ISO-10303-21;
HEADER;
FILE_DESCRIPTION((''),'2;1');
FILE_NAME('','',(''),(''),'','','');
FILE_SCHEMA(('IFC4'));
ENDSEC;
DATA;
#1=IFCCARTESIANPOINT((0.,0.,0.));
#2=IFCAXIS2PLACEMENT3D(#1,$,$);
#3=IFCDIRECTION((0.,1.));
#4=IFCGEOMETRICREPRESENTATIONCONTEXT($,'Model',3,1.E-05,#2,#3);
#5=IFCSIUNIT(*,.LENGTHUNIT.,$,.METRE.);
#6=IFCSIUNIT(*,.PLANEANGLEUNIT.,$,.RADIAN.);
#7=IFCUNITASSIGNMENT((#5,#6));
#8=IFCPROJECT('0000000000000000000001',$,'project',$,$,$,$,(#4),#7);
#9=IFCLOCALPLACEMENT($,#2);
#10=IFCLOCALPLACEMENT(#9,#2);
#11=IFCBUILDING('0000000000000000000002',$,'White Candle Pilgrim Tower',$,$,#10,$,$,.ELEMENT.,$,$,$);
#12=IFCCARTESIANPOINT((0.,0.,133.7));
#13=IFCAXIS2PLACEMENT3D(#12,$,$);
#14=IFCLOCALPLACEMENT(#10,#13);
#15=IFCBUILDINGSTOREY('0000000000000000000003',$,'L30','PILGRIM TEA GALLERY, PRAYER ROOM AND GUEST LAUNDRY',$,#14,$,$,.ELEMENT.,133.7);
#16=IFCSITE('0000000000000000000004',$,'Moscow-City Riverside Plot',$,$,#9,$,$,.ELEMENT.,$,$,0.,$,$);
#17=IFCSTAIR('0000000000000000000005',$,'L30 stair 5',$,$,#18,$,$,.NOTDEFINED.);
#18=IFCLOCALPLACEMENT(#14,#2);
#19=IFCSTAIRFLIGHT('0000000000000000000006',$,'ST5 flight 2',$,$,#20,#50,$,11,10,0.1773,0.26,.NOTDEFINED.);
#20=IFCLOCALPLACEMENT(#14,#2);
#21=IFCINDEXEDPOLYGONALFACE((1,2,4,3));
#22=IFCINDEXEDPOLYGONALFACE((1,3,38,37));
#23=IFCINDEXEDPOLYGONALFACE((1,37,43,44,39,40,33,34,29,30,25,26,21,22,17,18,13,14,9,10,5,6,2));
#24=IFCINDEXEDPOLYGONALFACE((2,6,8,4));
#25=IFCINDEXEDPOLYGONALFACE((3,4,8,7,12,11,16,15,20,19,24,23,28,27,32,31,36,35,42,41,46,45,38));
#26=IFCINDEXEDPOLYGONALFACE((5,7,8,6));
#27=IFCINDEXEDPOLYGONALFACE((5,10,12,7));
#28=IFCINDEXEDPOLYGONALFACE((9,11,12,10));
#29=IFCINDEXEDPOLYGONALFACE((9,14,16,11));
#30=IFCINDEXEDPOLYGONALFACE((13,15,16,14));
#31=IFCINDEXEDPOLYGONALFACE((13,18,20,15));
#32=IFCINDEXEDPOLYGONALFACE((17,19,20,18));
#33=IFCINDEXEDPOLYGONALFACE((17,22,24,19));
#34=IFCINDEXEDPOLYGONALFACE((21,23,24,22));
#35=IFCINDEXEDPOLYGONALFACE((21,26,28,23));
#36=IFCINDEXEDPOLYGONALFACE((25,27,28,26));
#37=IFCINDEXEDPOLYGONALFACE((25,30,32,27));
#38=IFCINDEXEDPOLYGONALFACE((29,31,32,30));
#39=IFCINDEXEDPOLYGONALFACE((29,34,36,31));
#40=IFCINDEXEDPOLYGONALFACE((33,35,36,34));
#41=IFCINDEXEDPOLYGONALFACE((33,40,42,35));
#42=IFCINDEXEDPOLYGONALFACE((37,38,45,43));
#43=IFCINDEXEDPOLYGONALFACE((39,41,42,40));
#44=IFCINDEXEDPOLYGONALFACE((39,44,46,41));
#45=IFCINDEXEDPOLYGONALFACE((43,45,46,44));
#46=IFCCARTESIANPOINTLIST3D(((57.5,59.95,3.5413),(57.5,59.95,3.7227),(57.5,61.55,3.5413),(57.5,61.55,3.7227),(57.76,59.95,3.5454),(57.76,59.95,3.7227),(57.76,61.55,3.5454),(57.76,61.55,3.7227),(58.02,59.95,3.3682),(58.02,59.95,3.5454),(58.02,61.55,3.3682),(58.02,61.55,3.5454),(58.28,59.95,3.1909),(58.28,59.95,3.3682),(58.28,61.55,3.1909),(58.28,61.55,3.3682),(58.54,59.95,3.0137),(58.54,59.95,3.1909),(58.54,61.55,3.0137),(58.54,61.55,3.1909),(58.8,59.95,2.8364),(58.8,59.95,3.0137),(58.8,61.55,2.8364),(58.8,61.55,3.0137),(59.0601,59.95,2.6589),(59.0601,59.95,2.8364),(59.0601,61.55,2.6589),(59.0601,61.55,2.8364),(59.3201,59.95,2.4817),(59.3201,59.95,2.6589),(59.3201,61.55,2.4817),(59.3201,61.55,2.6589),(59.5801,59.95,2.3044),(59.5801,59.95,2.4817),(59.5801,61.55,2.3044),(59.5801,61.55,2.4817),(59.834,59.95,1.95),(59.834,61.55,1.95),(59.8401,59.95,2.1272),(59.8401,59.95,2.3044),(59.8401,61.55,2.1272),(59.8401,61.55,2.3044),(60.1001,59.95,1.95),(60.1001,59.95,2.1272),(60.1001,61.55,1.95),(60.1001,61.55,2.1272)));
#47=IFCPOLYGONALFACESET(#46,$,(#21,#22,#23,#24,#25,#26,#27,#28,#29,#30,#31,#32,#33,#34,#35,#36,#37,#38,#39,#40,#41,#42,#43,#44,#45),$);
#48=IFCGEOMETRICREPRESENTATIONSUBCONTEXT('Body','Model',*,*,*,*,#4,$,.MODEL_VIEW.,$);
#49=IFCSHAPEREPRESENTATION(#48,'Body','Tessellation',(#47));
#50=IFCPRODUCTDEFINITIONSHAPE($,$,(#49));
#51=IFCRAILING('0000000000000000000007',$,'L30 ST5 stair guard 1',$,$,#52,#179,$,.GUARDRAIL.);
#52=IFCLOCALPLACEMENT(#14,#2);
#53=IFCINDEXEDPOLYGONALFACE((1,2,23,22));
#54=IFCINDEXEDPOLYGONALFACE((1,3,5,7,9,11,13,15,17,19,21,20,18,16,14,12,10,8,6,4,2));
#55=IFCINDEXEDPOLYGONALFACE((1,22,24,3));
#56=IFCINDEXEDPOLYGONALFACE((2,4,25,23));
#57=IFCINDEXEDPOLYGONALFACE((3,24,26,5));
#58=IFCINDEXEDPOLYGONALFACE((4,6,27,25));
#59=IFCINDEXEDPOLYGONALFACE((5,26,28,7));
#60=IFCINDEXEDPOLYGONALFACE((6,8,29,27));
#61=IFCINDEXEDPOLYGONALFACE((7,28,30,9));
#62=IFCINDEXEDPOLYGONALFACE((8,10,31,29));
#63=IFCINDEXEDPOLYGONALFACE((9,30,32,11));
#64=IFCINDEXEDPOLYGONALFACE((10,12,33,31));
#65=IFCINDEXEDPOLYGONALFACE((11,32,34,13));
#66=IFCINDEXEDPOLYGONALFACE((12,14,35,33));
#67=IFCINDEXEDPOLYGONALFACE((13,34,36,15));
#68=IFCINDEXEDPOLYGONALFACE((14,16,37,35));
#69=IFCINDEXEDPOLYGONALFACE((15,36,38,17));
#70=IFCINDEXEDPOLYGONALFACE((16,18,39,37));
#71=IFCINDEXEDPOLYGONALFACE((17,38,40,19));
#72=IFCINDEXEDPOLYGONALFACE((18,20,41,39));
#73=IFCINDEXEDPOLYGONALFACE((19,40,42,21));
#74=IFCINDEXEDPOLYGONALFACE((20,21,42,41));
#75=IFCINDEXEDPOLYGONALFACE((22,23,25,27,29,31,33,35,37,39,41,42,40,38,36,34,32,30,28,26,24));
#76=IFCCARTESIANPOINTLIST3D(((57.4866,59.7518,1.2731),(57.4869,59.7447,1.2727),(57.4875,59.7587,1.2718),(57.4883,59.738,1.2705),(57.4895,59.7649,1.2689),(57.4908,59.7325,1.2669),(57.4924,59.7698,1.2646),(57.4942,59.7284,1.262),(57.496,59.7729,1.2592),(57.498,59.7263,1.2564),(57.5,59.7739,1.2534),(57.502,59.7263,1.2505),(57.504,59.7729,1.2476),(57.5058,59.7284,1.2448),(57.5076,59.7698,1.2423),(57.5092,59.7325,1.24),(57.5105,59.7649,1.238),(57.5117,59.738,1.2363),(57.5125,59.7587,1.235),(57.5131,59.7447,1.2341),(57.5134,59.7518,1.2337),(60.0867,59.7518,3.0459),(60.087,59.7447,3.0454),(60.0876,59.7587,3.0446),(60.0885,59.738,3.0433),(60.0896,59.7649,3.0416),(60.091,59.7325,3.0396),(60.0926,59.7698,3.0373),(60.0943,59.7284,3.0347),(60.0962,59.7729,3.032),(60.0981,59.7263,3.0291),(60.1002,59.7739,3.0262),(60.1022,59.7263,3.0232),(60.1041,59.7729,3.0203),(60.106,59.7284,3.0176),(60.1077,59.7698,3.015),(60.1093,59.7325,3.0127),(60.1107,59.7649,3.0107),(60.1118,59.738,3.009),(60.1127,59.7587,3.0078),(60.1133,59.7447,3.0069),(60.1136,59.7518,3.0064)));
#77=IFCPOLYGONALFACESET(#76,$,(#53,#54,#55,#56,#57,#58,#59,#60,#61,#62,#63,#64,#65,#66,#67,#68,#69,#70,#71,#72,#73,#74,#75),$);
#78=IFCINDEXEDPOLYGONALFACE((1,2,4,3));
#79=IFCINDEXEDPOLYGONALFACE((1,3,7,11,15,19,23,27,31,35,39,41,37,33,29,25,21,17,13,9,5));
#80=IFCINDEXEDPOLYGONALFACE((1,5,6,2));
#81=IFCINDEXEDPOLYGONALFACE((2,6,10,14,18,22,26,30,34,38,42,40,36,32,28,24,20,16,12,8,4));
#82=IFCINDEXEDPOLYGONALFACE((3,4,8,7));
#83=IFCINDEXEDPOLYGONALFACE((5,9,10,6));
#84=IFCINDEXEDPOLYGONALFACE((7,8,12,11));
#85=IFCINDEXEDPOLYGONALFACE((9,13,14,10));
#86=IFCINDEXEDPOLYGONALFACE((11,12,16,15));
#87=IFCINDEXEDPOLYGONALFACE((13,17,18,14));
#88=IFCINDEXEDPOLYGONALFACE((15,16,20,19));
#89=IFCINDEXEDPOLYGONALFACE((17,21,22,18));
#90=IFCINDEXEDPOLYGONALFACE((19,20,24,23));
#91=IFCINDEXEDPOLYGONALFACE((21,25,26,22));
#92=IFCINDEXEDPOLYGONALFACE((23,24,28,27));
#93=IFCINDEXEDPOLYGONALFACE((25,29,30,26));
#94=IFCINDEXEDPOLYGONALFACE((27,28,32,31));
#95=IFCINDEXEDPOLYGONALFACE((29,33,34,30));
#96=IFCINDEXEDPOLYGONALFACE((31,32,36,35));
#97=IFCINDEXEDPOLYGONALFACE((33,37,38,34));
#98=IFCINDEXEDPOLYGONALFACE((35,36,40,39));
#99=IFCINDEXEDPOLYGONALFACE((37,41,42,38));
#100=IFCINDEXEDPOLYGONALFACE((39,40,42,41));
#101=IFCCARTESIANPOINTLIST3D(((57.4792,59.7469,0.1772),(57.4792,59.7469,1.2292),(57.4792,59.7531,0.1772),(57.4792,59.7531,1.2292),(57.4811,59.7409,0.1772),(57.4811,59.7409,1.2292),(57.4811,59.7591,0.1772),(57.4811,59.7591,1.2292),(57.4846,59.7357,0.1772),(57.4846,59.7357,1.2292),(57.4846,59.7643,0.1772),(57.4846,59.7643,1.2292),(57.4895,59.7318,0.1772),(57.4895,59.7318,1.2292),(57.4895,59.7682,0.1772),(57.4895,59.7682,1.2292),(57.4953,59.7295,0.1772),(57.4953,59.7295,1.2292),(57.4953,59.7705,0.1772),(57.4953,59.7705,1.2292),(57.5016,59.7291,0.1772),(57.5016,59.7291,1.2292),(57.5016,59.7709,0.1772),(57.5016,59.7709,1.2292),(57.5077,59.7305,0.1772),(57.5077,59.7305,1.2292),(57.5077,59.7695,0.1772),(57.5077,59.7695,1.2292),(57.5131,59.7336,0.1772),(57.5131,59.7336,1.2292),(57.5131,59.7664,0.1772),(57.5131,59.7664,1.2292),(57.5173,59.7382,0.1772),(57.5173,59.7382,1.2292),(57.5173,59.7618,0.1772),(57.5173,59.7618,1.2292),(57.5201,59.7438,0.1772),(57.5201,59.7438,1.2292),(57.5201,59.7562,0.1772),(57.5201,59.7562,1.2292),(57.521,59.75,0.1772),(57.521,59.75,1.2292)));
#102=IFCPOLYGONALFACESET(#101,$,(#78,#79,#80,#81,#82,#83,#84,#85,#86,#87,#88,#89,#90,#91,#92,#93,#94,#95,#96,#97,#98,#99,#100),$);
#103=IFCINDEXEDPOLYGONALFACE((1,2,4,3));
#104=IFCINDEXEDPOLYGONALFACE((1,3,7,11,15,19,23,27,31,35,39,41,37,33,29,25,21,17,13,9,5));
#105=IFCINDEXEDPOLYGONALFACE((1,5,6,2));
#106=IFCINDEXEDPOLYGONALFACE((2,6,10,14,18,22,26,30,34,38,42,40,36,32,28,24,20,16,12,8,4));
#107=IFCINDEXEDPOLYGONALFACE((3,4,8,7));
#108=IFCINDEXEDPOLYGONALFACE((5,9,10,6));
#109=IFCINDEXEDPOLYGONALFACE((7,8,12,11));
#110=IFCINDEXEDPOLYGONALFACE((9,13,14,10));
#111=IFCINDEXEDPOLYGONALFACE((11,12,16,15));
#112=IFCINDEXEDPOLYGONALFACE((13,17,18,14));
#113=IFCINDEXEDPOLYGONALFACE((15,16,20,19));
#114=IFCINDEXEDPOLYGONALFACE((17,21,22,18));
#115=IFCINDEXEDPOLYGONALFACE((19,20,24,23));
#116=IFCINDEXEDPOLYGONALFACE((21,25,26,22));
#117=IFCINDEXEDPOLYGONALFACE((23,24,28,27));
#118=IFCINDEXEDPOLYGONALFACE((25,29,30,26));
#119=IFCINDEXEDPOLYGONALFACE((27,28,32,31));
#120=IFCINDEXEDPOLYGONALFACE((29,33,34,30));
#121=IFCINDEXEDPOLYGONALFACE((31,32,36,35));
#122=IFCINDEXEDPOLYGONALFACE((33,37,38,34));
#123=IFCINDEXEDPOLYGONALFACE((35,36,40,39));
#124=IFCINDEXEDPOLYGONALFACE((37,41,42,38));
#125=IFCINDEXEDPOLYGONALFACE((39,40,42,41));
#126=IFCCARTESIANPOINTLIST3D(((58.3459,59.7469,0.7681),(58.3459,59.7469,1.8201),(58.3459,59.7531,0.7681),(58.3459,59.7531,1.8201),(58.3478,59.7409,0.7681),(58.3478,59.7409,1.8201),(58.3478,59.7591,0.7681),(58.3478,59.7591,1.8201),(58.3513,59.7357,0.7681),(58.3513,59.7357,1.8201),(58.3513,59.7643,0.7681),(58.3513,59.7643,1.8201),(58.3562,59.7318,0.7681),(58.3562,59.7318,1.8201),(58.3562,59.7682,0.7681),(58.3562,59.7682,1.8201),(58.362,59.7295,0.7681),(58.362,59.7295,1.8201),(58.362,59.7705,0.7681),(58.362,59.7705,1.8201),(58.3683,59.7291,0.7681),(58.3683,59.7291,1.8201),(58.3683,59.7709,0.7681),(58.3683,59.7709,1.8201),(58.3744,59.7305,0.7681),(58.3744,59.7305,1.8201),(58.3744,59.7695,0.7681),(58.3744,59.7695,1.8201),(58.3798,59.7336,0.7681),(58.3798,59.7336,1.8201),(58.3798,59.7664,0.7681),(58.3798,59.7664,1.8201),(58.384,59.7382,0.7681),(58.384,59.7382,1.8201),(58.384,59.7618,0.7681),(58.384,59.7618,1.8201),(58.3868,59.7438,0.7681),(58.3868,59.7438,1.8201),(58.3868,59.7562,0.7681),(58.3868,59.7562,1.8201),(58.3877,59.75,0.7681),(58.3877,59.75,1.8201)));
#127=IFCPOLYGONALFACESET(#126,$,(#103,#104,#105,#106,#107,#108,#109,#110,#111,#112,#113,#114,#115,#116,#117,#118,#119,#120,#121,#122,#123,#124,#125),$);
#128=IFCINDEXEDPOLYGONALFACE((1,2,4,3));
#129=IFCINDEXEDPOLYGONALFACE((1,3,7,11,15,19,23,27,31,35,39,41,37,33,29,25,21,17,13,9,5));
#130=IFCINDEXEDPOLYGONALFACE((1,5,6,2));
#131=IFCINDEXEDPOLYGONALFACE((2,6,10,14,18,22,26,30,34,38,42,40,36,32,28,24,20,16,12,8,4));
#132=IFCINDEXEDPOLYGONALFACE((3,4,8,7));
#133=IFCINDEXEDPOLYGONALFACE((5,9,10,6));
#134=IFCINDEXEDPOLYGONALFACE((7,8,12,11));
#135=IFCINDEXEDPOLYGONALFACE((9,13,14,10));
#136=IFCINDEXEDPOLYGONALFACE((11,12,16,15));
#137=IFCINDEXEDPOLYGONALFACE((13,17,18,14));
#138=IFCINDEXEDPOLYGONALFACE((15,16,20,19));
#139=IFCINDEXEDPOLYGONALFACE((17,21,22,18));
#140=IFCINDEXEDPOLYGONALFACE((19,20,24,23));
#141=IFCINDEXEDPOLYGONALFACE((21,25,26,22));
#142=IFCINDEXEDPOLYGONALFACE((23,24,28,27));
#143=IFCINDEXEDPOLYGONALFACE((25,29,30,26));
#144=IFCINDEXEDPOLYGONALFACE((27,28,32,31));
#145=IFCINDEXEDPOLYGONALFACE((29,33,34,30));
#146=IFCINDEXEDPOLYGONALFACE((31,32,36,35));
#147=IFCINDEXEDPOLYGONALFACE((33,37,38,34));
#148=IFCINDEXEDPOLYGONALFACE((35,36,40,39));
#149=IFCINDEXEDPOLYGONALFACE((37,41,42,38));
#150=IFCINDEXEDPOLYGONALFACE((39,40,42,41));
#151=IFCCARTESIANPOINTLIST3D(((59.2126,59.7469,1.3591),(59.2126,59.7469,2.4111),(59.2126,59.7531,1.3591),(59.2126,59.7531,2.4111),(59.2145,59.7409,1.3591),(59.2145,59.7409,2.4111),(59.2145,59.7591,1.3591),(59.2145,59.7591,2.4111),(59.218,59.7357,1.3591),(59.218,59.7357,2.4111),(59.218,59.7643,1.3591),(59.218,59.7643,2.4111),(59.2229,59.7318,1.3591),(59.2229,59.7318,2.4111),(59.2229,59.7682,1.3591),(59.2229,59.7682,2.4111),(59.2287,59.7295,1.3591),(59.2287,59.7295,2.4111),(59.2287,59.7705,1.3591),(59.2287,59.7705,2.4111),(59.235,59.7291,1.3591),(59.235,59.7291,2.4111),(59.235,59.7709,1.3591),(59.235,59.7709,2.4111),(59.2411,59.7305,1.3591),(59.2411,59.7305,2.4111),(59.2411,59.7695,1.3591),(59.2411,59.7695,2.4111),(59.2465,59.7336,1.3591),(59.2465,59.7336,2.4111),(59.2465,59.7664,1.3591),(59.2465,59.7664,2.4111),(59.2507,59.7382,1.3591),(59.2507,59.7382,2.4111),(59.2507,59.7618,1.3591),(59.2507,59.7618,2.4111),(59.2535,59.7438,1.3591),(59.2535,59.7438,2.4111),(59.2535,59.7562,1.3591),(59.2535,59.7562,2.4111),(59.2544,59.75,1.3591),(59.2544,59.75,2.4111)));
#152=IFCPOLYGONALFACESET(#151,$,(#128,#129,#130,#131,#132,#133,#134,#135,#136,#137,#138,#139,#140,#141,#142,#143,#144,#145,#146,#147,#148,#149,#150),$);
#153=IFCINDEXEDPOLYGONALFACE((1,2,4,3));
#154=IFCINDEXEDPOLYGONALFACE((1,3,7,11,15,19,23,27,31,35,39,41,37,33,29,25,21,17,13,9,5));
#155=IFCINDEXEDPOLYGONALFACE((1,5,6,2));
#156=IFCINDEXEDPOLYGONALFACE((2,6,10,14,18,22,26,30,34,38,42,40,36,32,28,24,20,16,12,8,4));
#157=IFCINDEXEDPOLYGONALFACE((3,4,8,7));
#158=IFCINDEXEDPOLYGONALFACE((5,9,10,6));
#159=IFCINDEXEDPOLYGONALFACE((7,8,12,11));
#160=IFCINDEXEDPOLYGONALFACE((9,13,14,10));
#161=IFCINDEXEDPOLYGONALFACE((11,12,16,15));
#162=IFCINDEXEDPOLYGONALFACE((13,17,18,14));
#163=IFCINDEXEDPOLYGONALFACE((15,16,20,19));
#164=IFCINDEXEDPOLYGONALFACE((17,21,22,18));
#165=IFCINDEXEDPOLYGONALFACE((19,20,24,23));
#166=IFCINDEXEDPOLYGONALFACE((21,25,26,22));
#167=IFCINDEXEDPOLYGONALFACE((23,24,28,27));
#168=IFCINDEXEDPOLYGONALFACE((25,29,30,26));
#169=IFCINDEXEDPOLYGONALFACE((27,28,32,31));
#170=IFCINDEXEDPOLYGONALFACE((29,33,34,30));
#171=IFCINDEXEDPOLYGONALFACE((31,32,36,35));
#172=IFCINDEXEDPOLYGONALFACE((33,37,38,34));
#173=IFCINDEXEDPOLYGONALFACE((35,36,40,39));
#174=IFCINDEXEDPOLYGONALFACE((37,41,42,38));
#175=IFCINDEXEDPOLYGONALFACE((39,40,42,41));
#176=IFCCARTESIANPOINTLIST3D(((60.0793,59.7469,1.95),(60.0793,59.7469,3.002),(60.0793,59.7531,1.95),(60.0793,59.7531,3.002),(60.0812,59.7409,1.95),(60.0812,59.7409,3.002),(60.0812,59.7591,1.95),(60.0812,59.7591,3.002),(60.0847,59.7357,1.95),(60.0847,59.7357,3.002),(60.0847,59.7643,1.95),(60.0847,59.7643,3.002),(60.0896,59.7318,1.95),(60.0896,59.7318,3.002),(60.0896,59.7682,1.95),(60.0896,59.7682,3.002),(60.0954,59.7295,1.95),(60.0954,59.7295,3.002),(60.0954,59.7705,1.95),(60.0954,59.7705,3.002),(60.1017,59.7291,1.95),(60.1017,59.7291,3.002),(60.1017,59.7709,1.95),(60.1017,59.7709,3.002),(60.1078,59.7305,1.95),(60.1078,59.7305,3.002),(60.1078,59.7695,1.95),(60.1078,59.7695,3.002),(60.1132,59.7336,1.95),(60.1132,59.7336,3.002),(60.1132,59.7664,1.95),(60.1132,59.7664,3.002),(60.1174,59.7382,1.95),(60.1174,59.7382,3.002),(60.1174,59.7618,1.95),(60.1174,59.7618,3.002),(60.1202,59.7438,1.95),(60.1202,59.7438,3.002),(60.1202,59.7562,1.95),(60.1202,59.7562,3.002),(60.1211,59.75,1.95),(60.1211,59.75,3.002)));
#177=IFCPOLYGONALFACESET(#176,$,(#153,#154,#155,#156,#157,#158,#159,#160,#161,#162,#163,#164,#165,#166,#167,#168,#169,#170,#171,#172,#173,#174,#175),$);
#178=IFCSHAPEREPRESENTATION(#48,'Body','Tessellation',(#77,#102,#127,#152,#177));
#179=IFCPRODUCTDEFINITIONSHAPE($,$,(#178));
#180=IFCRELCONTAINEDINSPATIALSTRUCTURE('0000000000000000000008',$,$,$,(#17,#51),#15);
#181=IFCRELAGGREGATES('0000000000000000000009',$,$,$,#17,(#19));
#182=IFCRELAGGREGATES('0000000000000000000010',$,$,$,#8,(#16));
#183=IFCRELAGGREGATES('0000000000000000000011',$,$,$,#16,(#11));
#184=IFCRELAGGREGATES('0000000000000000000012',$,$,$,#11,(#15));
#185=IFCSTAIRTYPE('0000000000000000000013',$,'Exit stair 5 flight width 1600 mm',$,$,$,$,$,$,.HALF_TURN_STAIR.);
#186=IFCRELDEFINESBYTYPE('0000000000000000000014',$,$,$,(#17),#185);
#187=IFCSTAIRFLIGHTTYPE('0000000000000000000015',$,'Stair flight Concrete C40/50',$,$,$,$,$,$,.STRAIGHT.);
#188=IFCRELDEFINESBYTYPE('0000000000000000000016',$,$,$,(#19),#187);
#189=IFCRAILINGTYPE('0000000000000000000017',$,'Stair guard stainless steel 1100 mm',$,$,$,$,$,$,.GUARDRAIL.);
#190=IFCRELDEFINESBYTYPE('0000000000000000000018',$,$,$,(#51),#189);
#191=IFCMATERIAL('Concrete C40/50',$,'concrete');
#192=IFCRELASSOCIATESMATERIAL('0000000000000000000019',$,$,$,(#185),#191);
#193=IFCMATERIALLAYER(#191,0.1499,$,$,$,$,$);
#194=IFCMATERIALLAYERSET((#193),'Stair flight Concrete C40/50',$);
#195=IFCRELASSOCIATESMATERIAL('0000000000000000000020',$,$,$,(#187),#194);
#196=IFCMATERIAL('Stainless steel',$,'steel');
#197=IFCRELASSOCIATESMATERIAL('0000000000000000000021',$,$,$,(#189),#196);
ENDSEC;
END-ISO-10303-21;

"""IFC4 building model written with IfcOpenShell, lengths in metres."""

from ifc_helpers import new_model, si_unit, direction, frame, origin, origin_2d, place, context, subcontext, project, spatial, polyline, circle, outline, extrude, material, layer, layer_set, type_object, element, aggregate, save


model = new_model("IFC4")

# Units and contexts
model_context = context("Model", 3, precision=1e-05, world=origin(), true_north=direction((0.0, 1.0)))
body_context = subcontext(model_context, "Body", "Model", "MODEL_VIEW")
ifc_project = project(units=[si_unit("LENGTHUNIT", "METRE"), si_unit("PLANEANGLEUNIT", "RADIAN")], contexts=[model_context])

# Site, building, storey
site_placement = place(None, origin())
site = spatial("IfcSite", under=ifc_project, at=site_placement, Name="Moscow-City Riverside Plot", CompositionType="ELEMENT", RefElevation=0.0)
building_placement = place(site_placement, origin())
building = spatial("IfcBuilding", under=site, at=building_placement, Name="White Candle Pilgrim Tower", CompositionType="ELEMENT")
storey_placement = place(building_placement, frame((0.0, 0.0, 133.7)))
storey = spatial("IfcBuildingStorey", under=building, at=storey_placement, Name="L30", Description="PILGRIM TEA GALLERY, PRAYER ROOM AND GUEST LAUNDRY", CompositionType="ELEMENT", Elevation=133.7)

# Stair, stair flight
ifc_material_1 = material(Name="Concrete C40/50", Category="concrete")
stair_type = type_object("IfcStairType", Name="Exit stair 5 flight width 1600 mm", PredefinedType="HALF_TURN_STAIR", material=ifc_material_1)
stair_placement = place(storey_placement, origin())
stair = element("IfcStair", 1, at=stair_placement, inside=storey, type_object=stair_type, Name="L30 stair 5", PredefinedType="NOTDEFINED")
ifc_layer_1 = layer(ifc_material_1, 0.1499)
ifc_layer_set_1 = layer_set([ifc_layer_1], Name="Stair flight Concrete C40/50")
stair_flight_type = type_object("IfcStairFlightType", Name="Stair flight Concrete C40/50", PredefinedType="STRAIGHT", material=ifc_layer_set_1)
stair_flight_1_placement = place(storey_placement, frame((60.1001, 60.75, 1.95), z_axis=(0.0, 0.0, 1.0), x_axis=(-1.0, 0.0, 0.0)))
stair_flight_1 = element("IfcStairFlight", 2, at=stair_flight_1_placement, type_object=stair_flight_type, Name="ST5 flight 2", NumberOfRisers=11, NumberOfTreads=10, PredefinedType="NOTDEFINED", RiserHeight=0.1773, TreadLength=0.26, context=body_context, shape_type="SweptSolid", body=[
    extrude(outline(polyline([(0.0, 0.0), (0.0, 0.1772), (0.26, 0.1772), (0.26, 0.3545), (0.52, 0.3545), (0.52, 0.5317), (0.78, 0.5317), (0.78, 0.709), (1.04, 0.709), (1.04, 0.8865), (1.3, 0.8865), (1.3, 1.0637), (1.5601, 1.0637), (1.5601, 1.241), (1.8201, 1.241), (1.8201, 1.4182), (2.0801, 1.4182), (2.0801, 1.5955), (2.3401, 1.5955), (2.3401, 1.7727), (2.6001, 1.7727), (2.6001, 1.95), (2.6001, 1.5913), (0.2661, 0.0), (0.0, 0.0)])), frame((0.0, 0.8, 0.0), z_axis=(0.0, -1.0, 0.0), x_axis=(1.0, 0.0, 0.0)), (0.0, 0.0, 1.0), 1.6001),
])
aggregate(stair, [stair_flight_1])

# Railing
ifc_material_2 = material(Name="Stainless steel", Category="steel")
railing_type_1 = type_object("IfcRailingType", Name="Stair guard stainless steel 1100 mm", PredefinedType="GUARDRAIL", material=ifc_material_2)
railing_1_placement = place(storey_placement, frame((57.5, 59.75, 0.1772)))
element("IfcRailing", 3, at=railing_1_placement, inside=storey, type_object=railing_type_1, Name="L30 ST5 stair guard 1", PredefinedType="GUARDRAIL", context=body_context, shape_type="SweptSolid", body=[
    extrude(circle(Radius=0.0239, at=origin_2d()), frame((0.0, 0.0, 1.0762), z_axis=(0.82624, 0.0, 0.563318), x_axis=(0.0, 1.0, 0.0)), (0.0, 0.0, 1.0), 3.147),
    extrude(circle(Radius=0.021, at=origin_2d()), origin(), (0.0, 0.0, 1.0), 1.052),
    extrude(circle(Radius=0.021, at=origin_2d()), frame((0.8667, 0.0, 0.5908)), (0.0, 0.0, 1.0), 1.052),
    extrude(circle(Radius=0.021, at=origin_2d()), frame((1.7334, 0.0, 1.1819)), (0.0, 0.0, 1.0), 1.052),
    extrude(circle(Radius=0.021, at=origin_2d()), frame((2.6001, 0.0, 1.7727)), (0.0, 0.0, 1.0), 1.052),
])

save(model, "model.ifc")
